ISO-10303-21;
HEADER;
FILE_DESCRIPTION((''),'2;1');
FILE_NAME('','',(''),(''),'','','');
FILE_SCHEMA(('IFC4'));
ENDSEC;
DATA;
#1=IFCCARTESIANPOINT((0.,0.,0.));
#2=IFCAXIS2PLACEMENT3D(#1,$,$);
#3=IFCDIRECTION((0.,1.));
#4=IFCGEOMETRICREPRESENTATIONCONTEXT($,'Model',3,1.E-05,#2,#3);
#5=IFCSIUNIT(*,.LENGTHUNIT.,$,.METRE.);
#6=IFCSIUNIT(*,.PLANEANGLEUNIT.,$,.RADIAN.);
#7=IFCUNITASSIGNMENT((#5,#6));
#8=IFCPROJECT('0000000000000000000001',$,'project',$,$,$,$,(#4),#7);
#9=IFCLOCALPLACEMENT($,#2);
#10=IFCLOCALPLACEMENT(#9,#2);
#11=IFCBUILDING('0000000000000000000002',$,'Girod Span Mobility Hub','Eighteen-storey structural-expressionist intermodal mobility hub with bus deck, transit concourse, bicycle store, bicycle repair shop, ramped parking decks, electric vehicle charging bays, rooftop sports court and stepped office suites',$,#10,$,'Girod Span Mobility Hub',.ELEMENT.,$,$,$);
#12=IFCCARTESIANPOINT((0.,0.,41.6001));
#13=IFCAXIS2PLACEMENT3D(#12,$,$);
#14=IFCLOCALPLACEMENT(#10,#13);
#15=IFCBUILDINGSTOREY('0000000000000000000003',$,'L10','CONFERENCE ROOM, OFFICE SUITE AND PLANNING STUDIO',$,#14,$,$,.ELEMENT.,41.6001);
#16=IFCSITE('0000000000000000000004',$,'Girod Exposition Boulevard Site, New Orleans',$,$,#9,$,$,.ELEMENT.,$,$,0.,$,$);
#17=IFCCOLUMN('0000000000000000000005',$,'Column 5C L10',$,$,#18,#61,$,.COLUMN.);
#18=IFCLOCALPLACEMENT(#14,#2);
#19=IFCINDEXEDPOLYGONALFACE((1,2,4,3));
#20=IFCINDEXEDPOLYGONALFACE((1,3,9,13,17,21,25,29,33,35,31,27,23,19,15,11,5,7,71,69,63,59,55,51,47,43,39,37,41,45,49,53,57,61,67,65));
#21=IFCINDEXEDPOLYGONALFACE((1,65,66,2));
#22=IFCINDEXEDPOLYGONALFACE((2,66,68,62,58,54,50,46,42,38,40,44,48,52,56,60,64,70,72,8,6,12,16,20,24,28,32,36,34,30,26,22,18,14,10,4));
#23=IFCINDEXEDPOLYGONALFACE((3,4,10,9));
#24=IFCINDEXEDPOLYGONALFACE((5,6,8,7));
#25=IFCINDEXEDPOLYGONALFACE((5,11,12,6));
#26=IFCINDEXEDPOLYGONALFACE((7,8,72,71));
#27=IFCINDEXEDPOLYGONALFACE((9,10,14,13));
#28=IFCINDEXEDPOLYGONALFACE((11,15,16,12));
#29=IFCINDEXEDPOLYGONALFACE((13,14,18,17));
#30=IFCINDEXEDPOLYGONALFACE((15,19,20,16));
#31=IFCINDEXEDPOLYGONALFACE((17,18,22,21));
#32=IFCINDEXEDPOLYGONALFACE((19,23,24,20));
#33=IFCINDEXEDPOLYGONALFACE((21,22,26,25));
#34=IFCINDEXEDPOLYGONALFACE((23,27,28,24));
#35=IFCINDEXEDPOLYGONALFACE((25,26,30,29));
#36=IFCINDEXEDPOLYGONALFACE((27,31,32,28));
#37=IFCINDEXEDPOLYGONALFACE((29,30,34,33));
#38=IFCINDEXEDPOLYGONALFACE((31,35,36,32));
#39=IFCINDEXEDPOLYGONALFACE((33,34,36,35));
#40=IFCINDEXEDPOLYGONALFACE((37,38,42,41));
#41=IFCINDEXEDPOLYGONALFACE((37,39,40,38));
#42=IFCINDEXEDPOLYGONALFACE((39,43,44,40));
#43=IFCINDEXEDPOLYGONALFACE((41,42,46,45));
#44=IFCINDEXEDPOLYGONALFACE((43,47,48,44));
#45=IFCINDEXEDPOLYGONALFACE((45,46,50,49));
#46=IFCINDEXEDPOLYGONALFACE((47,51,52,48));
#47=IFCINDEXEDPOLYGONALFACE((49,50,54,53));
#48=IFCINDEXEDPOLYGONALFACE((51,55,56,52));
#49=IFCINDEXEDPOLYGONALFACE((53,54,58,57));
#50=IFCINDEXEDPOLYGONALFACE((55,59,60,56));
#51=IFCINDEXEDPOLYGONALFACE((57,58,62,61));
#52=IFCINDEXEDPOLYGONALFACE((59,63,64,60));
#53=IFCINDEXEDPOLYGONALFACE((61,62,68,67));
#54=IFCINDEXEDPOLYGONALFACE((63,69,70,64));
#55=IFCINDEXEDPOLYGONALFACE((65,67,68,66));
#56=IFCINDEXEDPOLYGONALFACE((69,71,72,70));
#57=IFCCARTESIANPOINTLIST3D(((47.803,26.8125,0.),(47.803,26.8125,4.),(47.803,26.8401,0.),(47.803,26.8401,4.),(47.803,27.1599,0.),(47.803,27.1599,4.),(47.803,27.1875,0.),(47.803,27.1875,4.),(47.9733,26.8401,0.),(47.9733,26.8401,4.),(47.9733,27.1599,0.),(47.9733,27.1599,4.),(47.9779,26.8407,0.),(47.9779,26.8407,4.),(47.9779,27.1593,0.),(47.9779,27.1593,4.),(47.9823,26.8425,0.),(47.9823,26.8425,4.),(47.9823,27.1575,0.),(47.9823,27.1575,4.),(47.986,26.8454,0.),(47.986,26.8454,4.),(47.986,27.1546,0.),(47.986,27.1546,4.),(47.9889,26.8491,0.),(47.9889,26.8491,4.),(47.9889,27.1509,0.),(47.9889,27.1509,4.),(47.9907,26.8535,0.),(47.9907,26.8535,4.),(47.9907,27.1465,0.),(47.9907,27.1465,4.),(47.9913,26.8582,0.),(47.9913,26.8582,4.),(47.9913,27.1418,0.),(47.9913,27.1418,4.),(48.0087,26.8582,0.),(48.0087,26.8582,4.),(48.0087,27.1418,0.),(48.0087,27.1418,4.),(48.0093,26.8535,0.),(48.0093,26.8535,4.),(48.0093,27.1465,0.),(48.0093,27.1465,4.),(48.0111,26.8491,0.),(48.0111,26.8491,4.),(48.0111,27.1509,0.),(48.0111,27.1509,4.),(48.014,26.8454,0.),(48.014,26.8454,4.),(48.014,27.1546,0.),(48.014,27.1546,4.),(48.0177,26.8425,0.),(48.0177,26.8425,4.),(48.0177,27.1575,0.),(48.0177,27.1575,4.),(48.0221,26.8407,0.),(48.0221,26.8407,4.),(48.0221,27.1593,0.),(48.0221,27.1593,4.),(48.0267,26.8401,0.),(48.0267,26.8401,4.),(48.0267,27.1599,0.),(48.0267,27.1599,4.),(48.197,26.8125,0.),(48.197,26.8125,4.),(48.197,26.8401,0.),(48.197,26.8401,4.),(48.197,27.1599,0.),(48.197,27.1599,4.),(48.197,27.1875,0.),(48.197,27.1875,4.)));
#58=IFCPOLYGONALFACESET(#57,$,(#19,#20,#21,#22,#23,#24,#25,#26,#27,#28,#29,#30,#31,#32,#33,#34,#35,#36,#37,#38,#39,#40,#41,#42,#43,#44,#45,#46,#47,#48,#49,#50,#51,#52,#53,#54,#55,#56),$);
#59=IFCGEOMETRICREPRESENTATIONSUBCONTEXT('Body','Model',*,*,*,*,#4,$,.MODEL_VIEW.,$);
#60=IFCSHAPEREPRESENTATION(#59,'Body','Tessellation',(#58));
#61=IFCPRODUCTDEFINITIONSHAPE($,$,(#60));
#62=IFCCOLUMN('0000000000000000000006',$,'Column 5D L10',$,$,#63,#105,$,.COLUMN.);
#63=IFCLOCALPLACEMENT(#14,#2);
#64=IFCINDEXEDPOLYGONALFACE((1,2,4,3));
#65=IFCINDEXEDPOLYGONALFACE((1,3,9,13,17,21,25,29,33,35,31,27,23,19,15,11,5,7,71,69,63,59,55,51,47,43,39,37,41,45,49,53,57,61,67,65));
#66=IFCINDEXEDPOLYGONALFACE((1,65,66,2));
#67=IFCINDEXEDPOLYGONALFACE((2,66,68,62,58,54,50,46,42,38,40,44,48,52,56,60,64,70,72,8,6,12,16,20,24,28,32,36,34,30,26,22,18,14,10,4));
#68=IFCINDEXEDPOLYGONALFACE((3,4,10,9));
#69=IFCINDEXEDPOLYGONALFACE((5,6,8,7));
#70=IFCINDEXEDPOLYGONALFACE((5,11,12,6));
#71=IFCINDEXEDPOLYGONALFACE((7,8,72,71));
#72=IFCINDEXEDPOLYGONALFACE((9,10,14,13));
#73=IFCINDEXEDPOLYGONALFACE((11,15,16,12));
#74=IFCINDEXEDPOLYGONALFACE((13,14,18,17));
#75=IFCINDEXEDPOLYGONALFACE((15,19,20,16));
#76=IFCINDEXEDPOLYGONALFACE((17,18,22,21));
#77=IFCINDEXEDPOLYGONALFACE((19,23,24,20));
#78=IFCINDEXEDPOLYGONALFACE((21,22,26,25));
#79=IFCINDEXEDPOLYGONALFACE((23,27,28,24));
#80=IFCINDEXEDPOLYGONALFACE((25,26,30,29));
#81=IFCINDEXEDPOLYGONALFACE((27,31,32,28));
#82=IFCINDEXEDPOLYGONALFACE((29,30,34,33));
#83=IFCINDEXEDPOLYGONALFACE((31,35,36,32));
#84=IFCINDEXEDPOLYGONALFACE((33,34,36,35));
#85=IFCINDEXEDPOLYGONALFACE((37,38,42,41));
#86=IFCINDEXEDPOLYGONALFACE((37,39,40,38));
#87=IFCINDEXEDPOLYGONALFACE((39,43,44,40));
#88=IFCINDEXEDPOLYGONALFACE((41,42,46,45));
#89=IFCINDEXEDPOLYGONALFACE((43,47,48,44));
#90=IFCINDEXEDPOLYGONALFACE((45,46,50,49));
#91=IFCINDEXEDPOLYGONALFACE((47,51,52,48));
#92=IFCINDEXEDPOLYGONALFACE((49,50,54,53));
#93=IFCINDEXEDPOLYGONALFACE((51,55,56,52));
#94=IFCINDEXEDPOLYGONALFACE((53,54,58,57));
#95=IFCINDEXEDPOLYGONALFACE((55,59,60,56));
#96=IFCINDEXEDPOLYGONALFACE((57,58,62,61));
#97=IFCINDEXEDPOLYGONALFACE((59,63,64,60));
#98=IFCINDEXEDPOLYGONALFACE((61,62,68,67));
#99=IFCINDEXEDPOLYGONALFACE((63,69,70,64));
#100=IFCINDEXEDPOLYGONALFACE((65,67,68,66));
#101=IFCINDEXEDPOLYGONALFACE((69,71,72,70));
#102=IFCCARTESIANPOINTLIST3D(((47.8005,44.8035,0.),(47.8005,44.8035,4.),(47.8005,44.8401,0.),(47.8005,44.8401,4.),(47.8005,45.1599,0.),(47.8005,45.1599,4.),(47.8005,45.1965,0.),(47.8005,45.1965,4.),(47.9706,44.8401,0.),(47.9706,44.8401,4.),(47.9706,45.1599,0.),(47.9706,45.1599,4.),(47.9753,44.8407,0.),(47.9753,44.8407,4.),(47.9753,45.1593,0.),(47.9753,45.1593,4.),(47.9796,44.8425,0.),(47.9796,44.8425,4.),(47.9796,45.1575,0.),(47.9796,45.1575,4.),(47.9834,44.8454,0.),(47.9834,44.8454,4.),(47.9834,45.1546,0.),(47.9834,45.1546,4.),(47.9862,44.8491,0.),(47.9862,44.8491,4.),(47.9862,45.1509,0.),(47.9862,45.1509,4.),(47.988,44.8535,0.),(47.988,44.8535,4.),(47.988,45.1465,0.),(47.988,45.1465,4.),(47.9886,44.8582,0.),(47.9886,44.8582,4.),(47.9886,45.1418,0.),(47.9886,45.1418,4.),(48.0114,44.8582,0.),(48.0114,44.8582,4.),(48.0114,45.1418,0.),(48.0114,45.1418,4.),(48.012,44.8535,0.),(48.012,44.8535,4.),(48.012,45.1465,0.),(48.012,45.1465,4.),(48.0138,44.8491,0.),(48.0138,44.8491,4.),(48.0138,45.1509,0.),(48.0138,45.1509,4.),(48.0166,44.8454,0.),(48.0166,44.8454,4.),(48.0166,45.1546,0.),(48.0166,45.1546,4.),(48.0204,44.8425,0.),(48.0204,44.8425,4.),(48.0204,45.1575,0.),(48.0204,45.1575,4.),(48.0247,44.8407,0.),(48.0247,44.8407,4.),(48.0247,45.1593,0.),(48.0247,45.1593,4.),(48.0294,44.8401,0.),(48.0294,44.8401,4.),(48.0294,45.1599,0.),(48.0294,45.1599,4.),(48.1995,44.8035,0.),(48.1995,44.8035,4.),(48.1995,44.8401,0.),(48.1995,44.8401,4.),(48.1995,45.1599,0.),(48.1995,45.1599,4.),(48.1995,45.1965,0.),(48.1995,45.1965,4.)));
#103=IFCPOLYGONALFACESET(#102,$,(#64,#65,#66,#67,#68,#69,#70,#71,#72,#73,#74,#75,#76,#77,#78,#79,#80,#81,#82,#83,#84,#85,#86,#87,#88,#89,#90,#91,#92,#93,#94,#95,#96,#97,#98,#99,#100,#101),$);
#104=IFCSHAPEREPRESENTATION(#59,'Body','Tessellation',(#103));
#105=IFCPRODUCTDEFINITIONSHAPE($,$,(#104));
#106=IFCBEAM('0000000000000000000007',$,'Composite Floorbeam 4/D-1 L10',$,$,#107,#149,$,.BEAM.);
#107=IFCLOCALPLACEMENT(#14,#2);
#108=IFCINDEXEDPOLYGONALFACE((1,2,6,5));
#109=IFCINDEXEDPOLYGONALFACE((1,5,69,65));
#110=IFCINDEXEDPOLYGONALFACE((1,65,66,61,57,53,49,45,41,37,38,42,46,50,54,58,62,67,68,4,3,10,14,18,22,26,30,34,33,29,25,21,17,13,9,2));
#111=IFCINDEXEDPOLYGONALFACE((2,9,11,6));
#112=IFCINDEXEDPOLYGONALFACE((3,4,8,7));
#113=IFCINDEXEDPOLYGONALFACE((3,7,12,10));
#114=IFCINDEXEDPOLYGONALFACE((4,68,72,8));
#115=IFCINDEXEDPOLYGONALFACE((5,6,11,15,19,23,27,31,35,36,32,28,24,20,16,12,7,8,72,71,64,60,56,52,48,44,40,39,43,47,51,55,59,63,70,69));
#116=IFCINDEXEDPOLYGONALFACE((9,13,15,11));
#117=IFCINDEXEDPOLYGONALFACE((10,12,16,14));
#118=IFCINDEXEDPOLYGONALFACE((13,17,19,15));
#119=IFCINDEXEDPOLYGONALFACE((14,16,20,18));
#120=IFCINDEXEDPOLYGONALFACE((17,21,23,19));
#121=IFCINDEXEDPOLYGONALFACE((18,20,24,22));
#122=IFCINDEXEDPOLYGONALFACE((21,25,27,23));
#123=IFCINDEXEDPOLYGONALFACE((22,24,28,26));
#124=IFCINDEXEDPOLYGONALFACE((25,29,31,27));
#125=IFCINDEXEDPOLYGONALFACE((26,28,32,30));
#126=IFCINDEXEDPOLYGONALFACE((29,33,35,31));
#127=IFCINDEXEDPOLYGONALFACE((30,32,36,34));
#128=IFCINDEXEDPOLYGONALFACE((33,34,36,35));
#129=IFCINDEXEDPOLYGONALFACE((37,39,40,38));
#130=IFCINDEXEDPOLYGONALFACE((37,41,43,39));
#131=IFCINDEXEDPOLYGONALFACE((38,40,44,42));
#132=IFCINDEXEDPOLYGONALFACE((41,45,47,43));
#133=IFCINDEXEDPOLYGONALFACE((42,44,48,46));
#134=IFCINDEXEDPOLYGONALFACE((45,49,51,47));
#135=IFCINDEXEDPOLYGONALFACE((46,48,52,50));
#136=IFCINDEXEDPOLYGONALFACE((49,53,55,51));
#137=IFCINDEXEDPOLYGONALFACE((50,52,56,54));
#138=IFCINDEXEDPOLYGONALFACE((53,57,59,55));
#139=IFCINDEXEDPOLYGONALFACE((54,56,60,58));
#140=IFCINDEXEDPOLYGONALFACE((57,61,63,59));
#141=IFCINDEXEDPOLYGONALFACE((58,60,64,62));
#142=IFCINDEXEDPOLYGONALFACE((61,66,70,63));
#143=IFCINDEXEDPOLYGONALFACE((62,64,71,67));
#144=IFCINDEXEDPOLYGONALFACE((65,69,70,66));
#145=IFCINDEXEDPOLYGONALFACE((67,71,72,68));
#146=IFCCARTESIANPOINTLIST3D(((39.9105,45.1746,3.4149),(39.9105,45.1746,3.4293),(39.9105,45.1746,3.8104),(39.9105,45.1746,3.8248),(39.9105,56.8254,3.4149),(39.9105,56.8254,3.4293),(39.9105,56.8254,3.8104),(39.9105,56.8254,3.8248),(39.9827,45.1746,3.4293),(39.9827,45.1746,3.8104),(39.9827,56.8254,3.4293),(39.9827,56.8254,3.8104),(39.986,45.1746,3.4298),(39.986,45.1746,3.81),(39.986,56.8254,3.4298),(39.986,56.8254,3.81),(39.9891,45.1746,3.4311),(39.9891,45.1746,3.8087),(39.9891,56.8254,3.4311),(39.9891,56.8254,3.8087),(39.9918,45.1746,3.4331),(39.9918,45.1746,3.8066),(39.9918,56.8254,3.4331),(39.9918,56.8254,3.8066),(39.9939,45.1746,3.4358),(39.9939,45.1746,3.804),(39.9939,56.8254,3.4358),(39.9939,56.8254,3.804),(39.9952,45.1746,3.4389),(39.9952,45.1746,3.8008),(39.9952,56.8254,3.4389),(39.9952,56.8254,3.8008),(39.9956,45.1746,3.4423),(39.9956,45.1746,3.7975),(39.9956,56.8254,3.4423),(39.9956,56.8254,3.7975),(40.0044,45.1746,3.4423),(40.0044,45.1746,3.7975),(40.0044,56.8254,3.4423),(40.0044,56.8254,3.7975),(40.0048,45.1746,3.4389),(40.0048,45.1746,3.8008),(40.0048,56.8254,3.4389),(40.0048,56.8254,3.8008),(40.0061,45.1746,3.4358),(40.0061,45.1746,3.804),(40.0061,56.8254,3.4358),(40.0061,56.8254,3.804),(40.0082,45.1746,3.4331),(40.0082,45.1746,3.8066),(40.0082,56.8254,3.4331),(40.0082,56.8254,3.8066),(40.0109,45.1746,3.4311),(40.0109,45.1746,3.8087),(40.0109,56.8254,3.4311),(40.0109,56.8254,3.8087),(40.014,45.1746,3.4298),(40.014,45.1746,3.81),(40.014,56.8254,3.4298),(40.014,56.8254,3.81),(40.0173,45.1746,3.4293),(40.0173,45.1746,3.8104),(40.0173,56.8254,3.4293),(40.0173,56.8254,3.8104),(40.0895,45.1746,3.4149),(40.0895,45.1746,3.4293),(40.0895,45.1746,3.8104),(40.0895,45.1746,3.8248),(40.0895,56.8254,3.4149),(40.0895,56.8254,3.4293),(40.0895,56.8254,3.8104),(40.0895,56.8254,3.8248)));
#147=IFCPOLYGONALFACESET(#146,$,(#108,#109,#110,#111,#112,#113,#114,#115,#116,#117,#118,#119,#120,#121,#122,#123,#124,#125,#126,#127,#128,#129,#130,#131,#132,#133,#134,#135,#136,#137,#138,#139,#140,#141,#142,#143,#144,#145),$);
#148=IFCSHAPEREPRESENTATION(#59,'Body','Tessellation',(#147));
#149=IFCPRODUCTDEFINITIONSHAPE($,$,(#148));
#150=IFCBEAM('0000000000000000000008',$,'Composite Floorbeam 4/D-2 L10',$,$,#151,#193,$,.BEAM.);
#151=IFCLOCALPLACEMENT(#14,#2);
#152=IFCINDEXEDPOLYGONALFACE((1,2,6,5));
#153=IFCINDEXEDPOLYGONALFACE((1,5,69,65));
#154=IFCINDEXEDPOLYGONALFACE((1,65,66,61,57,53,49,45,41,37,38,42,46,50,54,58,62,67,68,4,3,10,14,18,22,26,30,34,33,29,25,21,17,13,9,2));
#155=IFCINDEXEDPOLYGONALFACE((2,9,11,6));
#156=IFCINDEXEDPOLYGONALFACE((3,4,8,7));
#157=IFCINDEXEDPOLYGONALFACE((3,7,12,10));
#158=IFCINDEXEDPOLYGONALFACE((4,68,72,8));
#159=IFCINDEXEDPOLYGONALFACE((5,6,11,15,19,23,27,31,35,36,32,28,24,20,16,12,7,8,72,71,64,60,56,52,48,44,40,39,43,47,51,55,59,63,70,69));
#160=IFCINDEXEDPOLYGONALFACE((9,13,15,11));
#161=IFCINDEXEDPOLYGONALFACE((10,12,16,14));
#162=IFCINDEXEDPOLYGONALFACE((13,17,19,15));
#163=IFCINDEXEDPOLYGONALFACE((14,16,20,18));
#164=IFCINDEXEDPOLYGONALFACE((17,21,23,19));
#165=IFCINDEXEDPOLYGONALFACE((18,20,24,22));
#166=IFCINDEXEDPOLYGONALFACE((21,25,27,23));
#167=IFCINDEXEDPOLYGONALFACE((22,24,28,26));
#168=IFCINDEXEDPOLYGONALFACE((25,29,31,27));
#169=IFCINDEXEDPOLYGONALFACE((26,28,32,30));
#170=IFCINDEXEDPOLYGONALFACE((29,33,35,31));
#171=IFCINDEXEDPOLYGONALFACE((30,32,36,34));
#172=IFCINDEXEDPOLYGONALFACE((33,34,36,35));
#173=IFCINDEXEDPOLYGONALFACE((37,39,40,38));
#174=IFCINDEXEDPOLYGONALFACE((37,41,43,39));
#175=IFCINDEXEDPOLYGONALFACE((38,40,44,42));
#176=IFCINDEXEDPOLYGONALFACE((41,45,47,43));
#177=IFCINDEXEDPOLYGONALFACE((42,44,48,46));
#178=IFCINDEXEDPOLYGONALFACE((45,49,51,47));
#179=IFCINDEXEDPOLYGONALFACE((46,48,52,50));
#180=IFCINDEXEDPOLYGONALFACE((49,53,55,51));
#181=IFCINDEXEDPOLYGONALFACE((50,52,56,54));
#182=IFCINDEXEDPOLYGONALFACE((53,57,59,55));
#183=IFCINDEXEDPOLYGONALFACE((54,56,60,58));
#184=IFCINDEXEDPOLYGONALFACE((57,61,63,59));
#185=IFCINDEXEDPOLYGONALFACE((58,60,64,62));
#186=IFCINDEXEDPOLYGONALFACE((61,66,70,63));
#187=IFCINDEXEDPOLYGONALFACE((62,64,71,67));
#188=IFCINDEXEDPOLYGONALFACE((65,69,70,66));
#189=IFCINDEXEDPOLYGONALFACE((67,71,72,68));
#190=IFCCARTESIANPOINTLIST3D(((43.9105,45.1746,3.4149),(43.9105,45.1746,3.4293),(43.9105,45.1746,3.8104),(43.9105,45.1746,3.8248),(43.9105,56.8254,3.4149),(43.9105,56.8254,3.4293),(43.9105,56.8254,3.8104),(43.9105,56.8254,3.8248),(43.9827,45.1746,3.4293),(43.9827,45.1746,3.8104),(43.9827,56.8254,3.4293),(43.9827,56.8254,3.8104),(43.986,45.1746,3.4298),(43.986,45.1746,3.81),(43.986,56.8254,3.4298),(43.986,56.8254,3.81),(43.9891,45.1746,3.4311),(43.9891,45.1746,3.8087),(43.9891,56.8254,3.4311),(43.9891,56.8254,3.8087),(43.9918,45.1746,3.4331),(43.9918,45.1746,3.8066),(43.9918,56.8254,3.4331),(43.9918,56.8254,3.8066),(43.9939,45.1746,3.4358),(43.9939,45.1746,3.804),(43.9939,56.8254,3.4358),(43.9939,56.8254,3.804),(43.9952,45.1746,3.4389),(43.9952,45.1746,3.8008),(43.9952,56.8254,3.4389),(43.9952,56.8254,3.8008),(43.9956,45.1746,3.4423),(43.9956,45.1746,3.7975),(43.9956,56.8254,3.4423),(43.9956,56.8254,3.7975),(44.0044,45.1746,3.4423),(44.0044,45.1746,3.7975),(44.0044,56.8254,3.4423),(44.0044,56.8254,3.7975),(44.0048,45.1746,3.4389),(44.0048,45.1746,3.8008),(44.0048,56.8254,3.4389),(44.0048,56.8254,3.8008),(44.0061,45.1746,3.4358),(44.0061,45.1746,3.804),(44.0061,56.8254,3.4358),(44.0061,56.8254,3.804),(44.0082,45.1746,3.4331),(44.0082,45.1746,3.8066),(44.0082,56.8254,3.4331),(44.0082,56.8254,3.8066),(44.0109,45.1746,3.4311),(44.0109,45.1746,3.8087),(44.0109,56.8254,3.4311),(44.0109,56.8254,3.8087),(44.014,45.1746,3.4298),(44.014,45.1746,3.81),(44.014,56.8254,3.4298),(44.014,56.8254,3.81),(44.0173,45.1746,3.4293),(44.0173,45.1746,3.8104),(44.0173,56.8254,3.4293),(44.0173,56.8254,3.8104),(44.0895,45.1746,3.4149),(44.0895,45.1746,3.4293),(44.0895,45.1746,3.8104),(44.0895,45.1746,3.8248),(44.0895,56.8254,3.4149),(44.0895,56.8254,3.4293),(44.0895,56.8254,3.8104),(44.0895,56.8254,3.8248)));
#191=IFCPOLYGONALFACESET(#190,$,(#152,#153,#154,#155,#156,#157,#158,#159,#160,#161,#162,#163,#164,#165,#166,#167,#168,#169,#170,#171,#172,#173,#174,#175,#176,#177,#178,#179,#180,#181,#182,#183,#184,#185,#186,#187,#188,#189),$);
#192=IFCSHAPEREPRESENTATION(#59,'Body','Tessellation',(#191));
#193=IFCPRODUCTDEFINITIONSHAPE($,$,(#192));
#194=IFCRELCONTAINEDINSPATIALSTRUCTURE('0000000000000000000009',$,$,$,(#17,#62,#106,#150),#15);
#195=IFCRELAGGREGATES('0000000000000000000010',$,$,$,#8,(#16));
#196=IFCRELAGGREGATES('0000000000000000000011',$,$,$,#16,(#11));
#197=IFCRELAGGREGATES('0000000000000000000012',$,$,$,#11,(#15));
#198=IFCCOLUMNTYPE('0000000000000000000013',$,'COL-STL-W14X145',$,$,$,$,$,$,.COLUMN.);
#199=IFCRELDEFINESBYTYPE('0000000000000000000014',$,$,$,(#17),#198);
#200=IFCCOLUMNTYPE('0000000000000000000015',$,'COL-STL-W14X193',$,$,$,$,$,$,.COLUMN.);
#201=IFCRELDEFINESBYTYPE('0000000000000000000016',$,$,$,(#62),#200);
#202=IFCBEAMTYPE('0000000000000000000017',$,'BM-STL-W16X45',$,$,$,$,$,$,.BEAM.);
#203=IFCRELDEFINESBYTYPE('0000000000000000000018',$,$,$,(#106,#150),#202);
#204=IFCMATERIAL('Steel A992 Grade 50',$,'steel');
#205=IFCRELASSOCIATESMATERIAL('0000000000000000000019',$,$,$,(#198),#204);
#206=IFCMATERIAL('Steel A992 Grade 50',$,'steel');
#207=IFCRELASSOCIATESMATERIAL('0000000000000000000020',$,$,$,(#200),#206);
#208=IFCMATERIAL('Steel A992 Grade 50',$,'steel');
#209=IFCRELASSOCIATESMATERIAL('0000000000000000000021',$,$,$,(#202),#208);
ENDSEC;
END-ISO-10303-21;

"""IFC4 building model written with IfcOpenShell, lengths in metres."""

from ifc_helpers import new_model, si_unit, direction, frame, origin, origin_2d, place, context, subcontext, project, spatial, i_section, extrude, material, material_profile, profile_set, type_object, element, save


model = new_model("IFC4")

# Units and contexts
model_context = context("Model", 3, precision=1e-05, world=origin(), true_north=direction((0.0, 1.0)))
body_context = subcontext(model_context, "Body", "Model", "MODEL_VIEW")
ifc_project = project(units=[si_unit("LENGTHUNIT", "METRE"), si_unit("PLANEANGLEUNIT", "RADIAN")], contexts=[model_context])

# Site, building, storey
site_placement = place(None, origin())
site = spatial("IfcSite", under=ifc_project, at=site_placement, Name="Girod Exposition Boulevard Site, New Orleans", CompositionType="ELEMENT", RefElevation=0.0)
building_placement = place(site_placement, origin())
building = spatial("IfcBuilding", under=site, at=building_placement, Name="Girod Span Mobility Hub", Description="Eighteen-storey structural-expressionist intermodal mobility hub with bus deck, transit concourse, bicycle store, bicycle repair shop, ramped parking decks, electric vehicle charging bays, rooftop sports court and stepped office suites", LongName="Girod Span Mobility Hub", CompositionType="ELEMENT")
storey_placement = place(building_placement, frame((0.0, 0.0, 41.6001)))
storey = spatial("IfcBuildingStorey", under=building, at=storey_placement, Name="L10", Description="CONFERENCE ROOM, OFFICE SUITE AND PLANNING STUDIO", CompositionType="ELEMENT", Elevation=41.6001)

# Columns
ifc_material_1 = material(Name="Steel A992 Grade 50", Category="steel")
ifc_material_profile_1 = material_profile(ifc_material_1, i_section(OverallWidth=0.394, OverallDepth=0.375, WebThickness=0.0173, FlangeThickness=0.0276, FilletRadius=0.0181, at=origin_2d()), Name="W14X145")
ifc_profile_set_1 = profile_set([ifc_material_profile_1], Name="Steel A992 Grade 50")
column_type_1 = type_object("IfcColumnType", Name="COL-STL-W14X145", PredefinedType="COLUMN", material=ifc_profile_set_1)
column_1_placement = place(storey_placement, frame((48.0, 27.0, 0.0), z_axis=(0.0, 0.0, 1.0), x_axis=(1.0, 0.0, 0.0)))
element("IfcColumn", 1, at=column_1_placement, inside=storey, type_object=column_type_1, Name="Column 5C L10", PredefinedType="COLUMN", context=body_context, shape_type="SweptSolid", body=[
    extrude(i_section(OverallWidth=0.394, OverallDepth=0.375, WebThickness=0.0173, FlangeThickness=0.0276, FilletRadius=0.0181, at=origin_2d()), origin(), (0.0, 0.0, 1.0), 4.0),
])
ifc_material_2 = material(Name="Steel A992 Grade 50", Category="steel")
ifc_material_profile_2 = material_profile(ifc_material_2, i_section(OverallWidth=0.3989, OverallDepth=0.3931, WebThickness=0.0227, FlangeThickness=0.0366, FilletRadius=0.0181, at=origin_2d()), Name="W14X193")
ifc_profile_set_2 = profile_set([ifc_material_profile_2], Name="Steel A992 Grade 50")
column_type_2 = type_object("IfcColumnType", Name="COL-STL-W14X193", PredefinedType="COLUMN", material=ifc_profile_set_2)
column_2_placement = place(storey_placement, frame((48.0, 45.0, 0.0), z_axis=(0.0, 0.0, 1.0), x_axis=(1.0, 0.0, 0.0)))
element("IfcColumn", 2, at=column_2_placement, inside=storey, type_object=column_type_2, Name="Column 5D L10", PredefinedType="COLUMN", context=body_context, shape_type="SweptSolid", body=[
    extrude(i_section(OverallWidth=0.3989, OverallDepth=0.3931, WebThickness=0.0227, FlangeThickness=0.0366, FilletRadius=0.0181, at=origin_2d()), origin(), (0.0, 0.0, 1.0), 4.0),
])

# Beams
ifc_material_3 = material(Name="Steel A992 Grade 50", Category="steel")
ifc_material_profile_3 = material_profile(ifc_material_3, i_section(OverallWidth=0.179, OverallDepth=0.4099, WebThickness=0.0088, FlangeThickness=0.0144, FilletRadius=0.0129, at=origin_2d()), Name="W16X45")
ifc_profile_set_3 = profile_set([ifc_material_profile_3], Name="Steel A992 Grade 50")
beam_type_1 = type_object("IfcBeamType", Name="BM-STL-W16X45", PredefinedType="BEAM", material=ifc_profile_set_3)
for number, where, z_axis, x_axis, name in (
    (3, (40.0, 45.1746, 3.6199), (0.0, 1.0, 0.0), (-1.0, 0.0, 0.0), "Composite Floorbeam 4/D-1 L10"),
    (4, (44.0, 45.1746, 3.6199), (0.0, 1.0, 0.0), (-1.0, 0.0, 0.0), "Composite Floorbeam 4/D-2 L10"),
):
    element("IfcBeam", number, at=place(storey_placement, frame(where, z_axis=z_axis, x_axis=x_axis)), inside=storey, type_object=beam_type_1, Name=name, PredefinedType="BEAM", context=body_context, shape_type="SweptSolid", body=[
        extrude(i_section(OverallWidth=0.179, OverallDepth=0.4099, WebThickness=0.0088, FlangeThickness=0.0144, FilletRadius=0.0129, at=origin_2d()), origin(), (0.0, 0.0, 1.0), 11.6509),
    ])

save(model, "model.ifc")
